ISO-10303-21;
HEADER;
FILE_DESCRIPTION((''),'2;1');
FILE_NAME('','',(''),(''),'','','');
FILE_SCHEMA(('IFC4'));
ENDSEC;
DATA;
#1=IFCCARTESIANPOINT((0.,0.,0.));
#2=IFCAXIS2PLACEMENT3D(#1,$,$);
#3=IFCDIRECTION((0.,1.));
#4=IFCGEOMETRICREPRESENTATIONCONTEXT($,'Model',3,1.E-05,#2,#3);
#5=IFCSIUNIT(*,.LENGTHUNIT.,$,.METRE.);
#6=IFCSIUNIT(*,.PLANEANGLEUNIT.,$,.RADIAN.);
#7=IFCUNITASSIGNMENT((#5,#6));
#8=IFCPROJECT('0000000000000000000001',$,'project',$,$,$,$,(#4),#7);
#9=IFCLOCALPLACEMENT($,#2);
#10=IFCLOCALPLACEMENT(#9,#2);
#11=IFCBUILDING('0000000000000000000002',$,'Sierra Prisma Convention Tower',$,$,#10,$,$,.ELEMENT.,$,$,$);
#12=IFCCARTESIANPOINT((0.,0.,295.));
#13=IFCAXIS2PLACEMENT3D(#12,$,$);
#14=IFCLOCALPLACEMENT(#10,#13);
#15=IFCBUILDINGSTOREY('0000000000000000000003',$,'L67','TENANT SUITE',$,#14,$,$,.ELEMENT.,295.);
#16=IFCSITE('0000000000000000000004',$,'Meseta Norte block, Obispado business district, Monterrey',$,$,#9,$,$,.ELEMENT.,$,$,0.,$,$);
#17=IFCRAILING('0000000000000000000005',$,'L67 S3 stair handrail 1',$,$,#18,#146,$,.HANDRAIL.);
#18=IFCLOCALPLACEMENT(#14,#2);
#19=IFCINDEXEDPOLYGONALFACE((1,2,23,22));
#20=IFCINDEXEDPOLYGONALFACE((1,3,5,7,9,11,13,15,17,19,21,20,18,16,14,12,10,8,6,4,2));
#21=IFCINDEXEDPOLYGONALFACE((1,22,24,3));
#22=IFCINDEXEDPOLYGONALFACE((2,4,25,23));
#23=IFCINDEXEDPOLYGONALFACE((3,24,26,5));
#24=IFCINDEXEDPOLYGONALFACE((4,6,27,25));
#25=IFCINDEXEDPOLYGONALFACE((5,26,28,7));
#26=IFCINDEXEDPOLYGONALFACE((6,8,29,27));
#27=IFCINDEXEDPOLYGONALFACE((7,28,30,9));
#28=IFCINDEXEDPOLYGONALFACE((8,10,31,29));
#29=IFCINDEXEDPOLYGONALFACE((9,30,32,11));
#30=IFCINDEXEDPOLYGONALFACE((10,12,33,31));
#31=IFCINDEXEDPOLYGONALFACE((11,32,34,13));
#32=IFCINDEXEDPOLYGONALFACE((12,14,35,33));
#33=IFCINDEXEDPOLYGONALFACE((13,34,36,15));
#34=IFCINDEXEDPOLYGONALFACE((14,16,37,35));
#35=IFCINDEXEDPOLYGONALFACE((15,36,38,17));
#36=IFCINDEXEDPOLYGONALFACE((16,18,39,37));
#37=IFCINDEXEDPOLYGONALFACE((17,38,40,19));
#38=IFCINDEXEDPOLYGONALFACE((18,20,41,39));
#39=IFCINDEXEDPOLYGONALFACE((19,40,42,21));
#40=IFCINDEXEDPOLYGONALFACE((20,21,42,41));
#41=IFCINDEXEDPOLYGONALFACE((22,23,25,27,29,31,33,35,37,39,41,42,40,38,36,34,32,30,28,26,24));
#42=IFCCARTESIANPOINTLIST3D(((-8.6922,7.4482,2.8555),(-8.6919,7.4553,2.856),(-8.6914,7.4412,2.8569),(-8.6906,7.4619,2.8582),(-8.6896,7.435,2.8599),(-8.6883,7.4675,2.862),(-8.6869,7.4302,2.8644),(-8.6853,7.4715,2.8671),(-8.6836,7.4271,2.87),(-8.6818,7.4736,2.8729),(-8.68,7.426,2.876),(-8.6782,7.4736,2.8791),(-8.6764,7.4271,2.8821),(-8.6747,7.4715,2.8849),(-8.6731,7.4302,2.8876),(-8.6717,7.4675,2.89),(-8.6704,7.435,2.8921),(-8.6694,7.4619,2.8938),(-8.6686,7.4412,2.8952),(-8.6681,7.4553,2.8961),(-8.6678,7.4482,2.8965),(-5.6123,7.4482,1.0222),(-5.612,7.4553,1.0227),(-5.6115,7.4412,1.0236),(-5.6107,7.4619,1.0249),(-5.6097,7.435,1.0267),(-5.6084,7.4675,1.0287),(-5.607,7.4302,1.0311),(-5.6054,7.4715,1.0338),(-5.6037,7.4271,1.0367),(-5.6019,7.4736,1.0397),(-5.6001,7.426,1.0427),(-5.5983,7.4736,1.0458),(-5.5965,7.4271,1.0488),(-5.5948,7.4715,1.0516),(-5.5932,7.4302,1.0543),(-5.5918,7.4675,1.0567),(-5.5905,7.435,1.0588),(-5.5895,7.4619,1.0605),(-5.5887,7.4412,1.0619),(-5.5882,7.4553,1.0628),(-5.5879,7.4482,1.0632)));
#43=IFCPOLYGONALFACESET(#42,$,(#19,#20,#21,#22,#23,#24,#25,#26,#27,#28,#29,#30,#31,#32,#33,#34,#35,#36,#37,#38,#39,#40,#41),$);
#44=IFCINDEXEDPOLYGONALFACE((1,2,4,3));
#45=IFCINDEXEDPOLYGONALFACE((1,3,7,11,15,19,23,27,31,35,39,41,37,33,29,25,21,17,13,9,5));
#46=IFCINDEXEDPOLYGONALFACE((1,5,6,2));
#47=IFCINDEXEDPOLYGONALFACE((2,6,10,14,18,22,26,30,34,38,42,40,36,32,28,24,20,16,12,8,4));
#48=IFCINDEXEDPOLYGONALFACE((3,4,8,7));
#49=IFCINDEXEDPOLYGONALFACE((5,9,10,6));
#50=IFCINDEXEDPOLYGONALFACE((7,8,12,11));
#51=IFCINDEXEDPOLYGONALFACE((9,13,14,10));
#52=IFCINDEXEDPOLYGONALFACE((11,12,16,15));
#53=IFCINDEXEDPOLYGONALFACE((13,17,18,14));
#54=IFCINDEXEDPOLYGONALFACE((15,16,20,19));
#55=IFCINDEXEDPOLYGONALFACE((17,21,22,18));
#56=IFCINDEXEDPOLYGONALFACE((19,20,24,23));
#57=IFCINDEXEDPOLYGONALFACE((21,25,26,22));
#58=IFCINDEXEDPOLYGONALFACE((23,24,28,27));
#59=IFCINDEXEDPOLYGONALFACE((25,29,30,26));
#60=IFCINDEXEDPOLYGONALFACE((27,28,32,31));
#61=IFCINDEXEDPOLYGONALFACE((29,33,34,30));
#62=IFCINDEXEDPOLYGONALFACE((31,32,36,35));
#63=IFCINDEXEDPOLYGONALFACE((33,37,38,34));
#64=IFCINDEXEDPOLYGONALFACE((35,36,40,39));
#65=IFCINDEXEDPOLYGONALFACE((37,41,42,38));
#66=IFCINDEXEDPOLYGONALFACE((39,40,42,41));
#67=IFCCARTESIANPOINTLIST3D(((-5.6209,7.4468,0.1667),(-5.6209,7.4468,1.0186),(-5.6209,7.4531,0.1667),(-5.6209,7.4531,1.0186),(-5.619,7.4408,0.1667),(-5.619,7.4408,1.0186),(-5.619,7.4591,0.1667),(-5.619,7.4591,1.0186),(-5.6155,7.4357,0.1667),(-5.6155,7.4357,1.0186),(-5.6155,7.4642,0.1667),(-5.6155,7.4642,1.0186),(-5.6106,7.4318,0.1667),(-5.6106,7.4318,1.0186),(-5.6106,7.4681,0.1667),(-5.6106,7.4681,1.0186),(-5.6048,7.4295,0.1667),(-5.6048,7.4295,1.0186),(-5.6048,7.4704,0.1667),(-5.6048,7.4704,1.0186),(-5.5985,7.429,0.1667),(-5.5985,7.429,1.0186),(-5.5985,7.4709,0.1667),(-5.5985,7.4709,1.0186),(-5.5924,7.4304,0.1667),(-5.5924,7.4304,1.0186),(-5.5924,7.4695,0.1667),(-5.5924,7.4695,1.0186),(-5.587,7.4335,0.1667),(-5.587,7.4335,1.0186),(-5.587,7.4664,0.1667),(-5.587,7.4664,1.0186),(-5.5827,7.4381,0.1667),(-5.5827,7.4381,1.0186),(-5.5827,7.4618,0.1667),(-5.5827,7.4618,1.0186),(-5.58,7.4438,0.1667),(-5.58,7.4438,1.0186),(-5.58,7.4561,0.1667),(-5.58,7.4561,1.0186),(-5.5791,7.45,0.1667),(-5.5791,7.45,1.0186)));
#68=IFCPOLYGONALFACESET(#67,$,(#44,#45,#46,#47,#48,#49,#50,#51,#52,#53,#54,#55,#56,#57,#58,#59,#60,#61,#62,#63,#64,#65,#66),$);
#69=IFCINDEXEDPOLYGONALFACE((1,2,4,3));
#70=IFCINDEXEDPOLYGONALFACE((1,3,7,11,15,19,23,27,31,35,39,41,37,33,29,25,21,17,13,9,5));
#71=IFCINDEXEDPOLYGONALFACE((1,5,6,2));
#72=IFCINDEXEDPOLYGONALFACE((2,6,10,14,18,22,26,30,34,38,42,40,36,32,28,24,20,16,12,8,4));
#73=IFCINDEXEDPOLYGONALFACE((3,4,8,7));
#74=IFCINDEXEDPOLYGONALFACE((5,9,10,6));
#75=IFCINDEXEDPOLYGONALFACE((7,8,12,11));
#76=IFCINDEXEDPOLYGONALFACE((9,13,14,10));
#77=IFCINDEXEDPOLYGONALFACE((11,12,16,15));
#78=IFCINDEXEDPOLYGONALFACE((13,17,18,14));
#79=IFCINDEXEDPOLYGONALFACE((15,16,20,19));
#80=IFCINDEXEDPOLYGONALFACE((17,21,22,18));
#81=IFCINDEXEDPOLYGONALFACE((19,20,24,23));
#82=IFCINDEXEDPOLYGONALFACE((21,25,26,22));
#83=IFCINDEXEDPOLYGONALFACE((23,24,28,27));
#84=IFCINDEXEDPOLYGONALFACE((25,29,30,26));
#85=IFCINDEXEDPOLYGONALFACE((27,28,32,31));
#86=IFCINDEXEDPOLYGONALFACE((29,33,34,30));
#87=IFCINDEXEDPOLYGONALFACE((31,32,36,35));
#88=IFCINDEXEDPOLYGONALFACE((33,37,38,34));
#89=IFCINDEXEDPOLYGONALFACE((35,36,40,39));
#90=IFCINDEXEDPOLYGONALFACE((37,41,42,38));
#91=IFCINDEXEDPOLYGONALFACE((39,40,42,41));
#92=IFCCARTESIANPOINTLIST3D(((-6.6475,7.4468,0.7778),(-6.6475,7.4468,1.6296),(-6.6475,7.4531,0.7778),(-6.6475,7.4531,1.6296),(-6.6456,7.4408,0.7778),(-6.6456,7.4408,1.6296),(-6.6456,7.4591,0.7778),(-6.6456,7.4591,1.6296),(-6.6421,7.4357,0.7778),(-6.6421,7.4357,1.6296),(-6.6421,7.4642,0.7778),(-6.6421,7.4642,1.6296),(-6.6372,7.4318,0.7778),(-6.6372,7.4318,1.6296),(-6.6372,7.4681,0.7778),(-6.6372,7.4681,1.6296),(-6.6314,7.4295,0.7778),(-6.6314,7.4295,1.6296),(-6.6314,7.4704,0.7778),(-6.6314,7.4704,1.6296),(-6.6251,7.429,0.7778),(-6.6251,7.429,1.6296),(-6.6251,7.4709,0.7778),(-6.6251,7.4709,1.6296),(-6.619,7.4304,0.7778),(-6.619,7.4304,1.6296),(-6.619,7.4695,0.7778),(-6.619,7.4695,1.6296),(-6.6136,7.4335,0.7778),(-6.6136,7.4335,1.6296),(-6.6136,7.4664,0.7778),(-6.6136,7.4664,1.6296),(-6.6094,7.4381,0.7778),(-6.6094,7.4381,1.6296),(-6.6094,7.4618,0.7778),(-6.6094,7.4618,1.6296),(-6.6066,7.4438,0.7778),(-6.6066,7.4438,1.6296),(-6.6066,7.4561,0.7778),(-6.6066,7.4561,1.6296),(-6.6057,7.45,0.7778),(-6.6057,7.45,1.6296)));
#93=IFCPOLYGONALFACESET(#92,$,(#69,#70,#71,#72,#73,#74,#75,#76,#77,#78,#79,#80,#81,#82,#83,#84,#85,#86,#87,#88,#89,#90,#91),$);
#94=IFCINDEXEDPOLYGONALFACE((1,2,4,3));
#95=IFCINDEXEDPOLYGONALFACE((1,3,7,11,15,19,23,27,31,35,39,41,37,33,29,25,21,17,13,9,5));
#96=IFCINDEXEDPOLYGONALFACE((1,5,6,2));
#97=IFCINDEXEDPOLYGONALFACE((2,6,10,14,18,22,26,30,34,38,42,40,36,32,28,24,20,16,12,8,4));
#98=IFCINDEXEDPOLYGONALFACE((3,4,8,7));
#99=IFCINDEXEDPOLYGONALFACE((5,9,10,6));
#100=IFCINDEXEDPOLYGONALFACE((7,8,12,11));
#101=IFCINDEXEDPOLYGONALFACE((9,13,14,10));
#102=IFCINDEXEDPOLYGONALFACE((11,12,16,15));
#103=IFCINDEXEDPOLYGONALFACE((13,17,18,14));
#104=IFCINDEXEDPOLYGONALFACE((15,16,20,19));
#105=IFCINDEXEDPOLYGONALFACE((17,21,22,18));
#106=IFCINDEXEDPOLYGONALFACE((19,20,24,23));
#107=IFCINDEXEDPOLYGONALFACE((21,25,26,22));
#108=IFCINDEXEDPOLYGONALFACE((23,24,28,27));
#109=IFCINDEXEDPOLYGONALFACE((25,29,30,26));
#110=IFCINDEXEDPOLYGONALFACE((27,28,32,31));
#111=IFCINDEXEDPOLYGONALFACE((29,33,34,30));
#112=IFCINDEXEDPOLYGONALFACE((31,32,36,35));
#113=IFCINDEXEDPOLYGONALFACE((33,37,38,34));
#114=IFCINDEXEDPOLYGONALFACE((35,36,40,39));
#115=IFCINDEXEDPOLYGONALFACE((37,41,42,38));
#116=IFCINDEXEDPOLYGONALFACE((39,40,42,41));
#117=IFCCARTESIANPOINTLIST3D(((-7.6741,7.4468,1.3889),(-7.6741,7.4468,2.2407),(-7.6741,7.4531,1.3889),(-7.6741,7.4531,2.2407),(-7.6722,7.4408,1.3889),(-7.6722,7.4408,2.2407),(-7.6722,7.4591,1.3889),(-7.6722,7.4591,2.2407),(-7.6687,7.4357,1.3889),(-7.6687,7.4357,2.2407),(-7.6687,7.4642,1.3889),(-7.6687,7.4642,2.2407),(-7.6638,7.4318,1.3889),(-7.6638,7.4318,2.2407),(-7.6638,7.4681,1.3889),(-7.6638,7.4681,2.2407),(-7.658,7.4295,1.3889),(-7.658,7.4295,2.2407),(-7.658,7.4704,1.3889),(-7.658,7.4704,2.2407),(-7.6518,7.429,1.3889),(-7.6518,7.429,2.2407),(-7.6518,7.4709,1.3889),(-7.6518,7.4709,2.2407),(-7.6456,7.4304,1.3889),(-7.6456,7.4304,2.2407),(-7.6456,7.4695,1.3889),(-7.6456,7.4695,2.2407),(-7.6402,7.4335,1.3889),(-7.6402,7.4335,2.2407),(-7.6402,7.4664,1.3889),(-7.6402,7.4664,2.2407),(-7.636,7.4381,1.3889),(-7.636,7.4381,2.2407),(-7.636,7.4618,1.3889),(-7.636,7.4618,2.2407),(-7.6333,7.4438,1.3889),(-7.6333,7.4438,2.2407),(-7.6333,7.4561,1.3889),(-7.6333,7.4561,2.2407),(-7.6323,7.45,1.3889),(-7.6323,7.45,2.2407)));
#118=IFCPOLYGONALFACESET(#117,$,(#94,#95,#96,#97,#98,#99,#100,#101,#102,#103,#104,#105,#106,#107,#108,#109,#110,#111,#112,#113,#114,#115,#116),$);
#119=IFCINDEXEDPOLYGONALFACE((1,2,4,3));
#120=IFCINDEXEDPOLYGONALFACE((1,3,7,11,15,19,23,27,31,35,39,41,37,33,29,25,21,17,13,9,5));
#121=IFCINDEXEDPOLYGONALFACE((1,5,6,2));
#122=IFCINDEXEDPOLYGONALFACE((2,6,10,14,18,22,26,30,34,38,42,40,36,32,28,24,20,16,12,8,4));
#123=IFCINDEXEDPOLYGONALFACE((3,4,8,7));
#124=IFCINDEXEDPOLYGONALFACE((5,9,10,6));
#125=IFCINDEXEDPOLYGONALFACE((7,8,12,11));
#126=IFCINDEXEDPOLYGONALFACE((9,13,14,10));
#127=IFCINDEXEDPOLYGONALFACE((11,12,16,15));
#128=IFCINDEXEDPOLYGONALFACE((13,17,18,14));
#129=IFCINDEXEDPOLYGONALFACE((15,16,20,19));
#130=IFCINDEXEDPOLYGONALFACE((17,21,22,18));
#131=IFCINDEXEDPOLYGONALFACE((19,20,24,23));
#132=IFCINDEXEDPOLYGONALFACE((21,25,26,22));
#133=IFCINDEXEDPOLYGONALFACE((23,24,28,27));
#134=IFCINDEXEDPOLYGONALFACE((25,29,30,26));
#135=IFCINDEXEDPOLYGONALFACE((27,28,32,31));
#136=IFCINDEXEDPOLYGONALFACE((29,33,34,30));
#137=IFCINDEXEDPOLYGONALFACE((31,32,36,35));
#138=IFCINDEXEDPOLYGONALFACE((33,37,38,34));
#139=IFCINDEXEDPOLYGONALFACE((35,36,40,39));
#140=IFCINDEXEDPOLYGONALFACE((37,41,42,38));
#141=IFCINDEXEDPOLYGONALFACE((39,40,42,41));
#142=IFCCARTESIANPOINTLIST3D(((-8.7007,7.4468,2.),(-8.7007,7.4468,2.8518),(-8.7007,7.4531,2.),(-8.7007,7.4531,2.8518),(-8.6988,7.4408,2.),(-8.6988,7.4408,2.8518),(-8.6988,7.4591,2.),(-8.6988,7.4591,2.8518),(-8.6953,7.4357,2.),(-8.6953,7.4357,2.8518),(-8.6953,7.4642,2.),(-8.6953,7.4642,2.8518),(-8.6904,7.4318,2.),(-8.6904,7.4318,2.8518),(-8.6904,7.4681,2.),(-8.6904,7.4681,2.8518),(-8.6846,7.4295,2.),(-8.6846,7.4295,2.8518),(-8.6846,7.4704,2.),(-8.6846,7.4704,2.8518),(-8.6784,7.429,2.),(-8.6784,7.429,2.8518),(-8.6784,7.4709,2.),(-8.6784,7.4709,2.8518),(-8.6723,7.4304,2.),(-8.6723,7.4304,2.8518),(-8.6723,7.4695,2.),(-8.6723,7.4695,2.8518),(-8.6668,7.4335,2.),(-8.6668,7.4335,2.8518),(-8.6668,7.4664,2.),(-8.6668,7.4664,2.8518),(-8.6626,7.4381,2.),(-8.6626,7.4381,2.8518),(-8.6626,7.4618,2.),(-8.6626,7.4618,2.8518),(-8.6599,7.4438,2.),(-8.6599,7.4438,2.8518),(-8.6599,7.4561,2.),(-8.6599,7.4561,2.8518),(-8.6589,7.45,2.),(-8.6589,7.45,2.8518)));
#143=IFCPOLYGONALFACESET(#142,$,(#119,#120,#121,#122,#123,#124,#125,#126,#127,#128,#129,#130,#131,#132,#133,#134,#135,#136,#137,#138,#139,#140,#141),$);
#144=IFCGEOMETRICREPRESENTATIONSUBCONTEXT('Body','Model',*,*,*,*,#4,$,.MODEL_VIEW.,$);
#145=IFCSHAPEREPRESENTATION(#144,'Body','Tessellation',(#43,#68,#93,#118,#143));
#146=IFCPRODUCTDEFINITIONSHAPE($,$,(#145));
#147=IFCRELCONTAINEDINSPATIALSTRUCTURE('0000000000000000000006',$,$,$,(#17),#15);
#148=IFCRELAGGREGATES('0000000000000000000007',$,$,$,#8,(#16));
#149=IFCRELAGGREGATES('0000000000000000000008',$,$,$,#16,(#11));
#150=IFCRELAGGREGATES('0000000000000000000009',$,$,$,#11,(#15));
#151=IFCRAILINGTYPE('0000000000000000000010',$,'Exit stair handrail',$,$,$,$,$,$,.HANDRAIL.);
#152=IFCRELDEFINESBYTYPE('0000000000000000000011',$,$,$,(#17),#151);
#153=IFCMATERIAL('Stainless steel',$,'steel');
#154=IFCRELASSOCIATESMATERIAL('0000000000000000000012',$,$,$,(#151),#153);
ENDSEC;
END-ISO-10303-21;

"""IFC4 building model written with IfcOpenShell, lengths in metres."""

from ifc_helpers import new_model, si_unit, direction, frame, origin, origin_2d, place, context, subcontext, project, spatial, circle, extrude, material, type_object, element, save


model = new_model("IFC4")

# Units and contexts
model_context = context("Model", 3, precision=1e-05, world=origin(), true_north=direction((0.0, 1.0)))
body_context = subcontext(model_context, "Body", "Model", "MODEL_VIEW")
ifc_project = project(units=[si_unit("LENGTHUNIT", "METRE"), si_unit("PLANEANGLEUNIT", "RADIAN")], contexts=[model_context])

# Site, building, storey
site_placement = place(None, origin())
site = spatial("IfcSite", under=ifc_project, at=site_placement, Name="Meseta Norte block, Obispado business district, Monterrey", CompositionType="ELEMENT", RefElevation=0.0)
building_placement = place(site_placement, origin())
building = spatial("IfcBuilding", under=site, at=building_placement, Name="Sierra Prisma Convention Tower", CompositionType="ELEMENT")
storey_placement = place(building_placement, frame((0.0, 0.0, 295.0)))
storey = spatial("IfcBuildingStorey", under=building, at=storey_placement, Name="L67", Description="TENANT SUITE", CompositionType="ELEMENT", Elevation=295.0)

# Railing
ifc_material_1 = material(Name="Stainless steel", Category="steel")
railing_type_1 = type_object("IfcRailingType", Name="Exit stair handrail", PredefinedType="HANDRAIL", material=ifc_material_1)
railing_1_placement = place(storey_placement, frame((-5.6001, 7.45, 0.1667)))
element("IfcRailing", 1, at=railing_1_placement, inside=storey, type_object=railing_type_1, Name="L67 S3 stair handrail 1", PredefinedType="HANDRAIL", context=body_context, shape_type="SweptSolid", body=[
    extrude(circle(Radius=0.0239, at=origin_2d()), frame((0.0, 0.0, 0.876), z_axis=(-0.859291, 0.0, 0.511487), x_axis=(0.0, -1.0, 0.0)), (0.0, 0.0, 1.0), 3.5842),
    extrude(circle(Radius=0.021, at=origin_2d()), origin(), (0.0, 0.0, 1.0), 0.8518),
    extrude(circle(Radius=0.021, at=origin_2d()), frame((-1.0266, 0.0, 0.6111)), (0.0, 0.0, 1.0), 0.8518),
    extrude(circle(Radius=0.021, at=origin_2d()), frame((-2.0532, 0.0, 1.2222)), (0.0, 0.0, 1.0), 0.8518),
    extrude(circle(Radius=0.021, at=origin_2d()), frame((-3.0798, 0.0, 1.8333)), (0.0, 0.0, 1.0), 0.8518),
])

save(model, "model.ifc")
